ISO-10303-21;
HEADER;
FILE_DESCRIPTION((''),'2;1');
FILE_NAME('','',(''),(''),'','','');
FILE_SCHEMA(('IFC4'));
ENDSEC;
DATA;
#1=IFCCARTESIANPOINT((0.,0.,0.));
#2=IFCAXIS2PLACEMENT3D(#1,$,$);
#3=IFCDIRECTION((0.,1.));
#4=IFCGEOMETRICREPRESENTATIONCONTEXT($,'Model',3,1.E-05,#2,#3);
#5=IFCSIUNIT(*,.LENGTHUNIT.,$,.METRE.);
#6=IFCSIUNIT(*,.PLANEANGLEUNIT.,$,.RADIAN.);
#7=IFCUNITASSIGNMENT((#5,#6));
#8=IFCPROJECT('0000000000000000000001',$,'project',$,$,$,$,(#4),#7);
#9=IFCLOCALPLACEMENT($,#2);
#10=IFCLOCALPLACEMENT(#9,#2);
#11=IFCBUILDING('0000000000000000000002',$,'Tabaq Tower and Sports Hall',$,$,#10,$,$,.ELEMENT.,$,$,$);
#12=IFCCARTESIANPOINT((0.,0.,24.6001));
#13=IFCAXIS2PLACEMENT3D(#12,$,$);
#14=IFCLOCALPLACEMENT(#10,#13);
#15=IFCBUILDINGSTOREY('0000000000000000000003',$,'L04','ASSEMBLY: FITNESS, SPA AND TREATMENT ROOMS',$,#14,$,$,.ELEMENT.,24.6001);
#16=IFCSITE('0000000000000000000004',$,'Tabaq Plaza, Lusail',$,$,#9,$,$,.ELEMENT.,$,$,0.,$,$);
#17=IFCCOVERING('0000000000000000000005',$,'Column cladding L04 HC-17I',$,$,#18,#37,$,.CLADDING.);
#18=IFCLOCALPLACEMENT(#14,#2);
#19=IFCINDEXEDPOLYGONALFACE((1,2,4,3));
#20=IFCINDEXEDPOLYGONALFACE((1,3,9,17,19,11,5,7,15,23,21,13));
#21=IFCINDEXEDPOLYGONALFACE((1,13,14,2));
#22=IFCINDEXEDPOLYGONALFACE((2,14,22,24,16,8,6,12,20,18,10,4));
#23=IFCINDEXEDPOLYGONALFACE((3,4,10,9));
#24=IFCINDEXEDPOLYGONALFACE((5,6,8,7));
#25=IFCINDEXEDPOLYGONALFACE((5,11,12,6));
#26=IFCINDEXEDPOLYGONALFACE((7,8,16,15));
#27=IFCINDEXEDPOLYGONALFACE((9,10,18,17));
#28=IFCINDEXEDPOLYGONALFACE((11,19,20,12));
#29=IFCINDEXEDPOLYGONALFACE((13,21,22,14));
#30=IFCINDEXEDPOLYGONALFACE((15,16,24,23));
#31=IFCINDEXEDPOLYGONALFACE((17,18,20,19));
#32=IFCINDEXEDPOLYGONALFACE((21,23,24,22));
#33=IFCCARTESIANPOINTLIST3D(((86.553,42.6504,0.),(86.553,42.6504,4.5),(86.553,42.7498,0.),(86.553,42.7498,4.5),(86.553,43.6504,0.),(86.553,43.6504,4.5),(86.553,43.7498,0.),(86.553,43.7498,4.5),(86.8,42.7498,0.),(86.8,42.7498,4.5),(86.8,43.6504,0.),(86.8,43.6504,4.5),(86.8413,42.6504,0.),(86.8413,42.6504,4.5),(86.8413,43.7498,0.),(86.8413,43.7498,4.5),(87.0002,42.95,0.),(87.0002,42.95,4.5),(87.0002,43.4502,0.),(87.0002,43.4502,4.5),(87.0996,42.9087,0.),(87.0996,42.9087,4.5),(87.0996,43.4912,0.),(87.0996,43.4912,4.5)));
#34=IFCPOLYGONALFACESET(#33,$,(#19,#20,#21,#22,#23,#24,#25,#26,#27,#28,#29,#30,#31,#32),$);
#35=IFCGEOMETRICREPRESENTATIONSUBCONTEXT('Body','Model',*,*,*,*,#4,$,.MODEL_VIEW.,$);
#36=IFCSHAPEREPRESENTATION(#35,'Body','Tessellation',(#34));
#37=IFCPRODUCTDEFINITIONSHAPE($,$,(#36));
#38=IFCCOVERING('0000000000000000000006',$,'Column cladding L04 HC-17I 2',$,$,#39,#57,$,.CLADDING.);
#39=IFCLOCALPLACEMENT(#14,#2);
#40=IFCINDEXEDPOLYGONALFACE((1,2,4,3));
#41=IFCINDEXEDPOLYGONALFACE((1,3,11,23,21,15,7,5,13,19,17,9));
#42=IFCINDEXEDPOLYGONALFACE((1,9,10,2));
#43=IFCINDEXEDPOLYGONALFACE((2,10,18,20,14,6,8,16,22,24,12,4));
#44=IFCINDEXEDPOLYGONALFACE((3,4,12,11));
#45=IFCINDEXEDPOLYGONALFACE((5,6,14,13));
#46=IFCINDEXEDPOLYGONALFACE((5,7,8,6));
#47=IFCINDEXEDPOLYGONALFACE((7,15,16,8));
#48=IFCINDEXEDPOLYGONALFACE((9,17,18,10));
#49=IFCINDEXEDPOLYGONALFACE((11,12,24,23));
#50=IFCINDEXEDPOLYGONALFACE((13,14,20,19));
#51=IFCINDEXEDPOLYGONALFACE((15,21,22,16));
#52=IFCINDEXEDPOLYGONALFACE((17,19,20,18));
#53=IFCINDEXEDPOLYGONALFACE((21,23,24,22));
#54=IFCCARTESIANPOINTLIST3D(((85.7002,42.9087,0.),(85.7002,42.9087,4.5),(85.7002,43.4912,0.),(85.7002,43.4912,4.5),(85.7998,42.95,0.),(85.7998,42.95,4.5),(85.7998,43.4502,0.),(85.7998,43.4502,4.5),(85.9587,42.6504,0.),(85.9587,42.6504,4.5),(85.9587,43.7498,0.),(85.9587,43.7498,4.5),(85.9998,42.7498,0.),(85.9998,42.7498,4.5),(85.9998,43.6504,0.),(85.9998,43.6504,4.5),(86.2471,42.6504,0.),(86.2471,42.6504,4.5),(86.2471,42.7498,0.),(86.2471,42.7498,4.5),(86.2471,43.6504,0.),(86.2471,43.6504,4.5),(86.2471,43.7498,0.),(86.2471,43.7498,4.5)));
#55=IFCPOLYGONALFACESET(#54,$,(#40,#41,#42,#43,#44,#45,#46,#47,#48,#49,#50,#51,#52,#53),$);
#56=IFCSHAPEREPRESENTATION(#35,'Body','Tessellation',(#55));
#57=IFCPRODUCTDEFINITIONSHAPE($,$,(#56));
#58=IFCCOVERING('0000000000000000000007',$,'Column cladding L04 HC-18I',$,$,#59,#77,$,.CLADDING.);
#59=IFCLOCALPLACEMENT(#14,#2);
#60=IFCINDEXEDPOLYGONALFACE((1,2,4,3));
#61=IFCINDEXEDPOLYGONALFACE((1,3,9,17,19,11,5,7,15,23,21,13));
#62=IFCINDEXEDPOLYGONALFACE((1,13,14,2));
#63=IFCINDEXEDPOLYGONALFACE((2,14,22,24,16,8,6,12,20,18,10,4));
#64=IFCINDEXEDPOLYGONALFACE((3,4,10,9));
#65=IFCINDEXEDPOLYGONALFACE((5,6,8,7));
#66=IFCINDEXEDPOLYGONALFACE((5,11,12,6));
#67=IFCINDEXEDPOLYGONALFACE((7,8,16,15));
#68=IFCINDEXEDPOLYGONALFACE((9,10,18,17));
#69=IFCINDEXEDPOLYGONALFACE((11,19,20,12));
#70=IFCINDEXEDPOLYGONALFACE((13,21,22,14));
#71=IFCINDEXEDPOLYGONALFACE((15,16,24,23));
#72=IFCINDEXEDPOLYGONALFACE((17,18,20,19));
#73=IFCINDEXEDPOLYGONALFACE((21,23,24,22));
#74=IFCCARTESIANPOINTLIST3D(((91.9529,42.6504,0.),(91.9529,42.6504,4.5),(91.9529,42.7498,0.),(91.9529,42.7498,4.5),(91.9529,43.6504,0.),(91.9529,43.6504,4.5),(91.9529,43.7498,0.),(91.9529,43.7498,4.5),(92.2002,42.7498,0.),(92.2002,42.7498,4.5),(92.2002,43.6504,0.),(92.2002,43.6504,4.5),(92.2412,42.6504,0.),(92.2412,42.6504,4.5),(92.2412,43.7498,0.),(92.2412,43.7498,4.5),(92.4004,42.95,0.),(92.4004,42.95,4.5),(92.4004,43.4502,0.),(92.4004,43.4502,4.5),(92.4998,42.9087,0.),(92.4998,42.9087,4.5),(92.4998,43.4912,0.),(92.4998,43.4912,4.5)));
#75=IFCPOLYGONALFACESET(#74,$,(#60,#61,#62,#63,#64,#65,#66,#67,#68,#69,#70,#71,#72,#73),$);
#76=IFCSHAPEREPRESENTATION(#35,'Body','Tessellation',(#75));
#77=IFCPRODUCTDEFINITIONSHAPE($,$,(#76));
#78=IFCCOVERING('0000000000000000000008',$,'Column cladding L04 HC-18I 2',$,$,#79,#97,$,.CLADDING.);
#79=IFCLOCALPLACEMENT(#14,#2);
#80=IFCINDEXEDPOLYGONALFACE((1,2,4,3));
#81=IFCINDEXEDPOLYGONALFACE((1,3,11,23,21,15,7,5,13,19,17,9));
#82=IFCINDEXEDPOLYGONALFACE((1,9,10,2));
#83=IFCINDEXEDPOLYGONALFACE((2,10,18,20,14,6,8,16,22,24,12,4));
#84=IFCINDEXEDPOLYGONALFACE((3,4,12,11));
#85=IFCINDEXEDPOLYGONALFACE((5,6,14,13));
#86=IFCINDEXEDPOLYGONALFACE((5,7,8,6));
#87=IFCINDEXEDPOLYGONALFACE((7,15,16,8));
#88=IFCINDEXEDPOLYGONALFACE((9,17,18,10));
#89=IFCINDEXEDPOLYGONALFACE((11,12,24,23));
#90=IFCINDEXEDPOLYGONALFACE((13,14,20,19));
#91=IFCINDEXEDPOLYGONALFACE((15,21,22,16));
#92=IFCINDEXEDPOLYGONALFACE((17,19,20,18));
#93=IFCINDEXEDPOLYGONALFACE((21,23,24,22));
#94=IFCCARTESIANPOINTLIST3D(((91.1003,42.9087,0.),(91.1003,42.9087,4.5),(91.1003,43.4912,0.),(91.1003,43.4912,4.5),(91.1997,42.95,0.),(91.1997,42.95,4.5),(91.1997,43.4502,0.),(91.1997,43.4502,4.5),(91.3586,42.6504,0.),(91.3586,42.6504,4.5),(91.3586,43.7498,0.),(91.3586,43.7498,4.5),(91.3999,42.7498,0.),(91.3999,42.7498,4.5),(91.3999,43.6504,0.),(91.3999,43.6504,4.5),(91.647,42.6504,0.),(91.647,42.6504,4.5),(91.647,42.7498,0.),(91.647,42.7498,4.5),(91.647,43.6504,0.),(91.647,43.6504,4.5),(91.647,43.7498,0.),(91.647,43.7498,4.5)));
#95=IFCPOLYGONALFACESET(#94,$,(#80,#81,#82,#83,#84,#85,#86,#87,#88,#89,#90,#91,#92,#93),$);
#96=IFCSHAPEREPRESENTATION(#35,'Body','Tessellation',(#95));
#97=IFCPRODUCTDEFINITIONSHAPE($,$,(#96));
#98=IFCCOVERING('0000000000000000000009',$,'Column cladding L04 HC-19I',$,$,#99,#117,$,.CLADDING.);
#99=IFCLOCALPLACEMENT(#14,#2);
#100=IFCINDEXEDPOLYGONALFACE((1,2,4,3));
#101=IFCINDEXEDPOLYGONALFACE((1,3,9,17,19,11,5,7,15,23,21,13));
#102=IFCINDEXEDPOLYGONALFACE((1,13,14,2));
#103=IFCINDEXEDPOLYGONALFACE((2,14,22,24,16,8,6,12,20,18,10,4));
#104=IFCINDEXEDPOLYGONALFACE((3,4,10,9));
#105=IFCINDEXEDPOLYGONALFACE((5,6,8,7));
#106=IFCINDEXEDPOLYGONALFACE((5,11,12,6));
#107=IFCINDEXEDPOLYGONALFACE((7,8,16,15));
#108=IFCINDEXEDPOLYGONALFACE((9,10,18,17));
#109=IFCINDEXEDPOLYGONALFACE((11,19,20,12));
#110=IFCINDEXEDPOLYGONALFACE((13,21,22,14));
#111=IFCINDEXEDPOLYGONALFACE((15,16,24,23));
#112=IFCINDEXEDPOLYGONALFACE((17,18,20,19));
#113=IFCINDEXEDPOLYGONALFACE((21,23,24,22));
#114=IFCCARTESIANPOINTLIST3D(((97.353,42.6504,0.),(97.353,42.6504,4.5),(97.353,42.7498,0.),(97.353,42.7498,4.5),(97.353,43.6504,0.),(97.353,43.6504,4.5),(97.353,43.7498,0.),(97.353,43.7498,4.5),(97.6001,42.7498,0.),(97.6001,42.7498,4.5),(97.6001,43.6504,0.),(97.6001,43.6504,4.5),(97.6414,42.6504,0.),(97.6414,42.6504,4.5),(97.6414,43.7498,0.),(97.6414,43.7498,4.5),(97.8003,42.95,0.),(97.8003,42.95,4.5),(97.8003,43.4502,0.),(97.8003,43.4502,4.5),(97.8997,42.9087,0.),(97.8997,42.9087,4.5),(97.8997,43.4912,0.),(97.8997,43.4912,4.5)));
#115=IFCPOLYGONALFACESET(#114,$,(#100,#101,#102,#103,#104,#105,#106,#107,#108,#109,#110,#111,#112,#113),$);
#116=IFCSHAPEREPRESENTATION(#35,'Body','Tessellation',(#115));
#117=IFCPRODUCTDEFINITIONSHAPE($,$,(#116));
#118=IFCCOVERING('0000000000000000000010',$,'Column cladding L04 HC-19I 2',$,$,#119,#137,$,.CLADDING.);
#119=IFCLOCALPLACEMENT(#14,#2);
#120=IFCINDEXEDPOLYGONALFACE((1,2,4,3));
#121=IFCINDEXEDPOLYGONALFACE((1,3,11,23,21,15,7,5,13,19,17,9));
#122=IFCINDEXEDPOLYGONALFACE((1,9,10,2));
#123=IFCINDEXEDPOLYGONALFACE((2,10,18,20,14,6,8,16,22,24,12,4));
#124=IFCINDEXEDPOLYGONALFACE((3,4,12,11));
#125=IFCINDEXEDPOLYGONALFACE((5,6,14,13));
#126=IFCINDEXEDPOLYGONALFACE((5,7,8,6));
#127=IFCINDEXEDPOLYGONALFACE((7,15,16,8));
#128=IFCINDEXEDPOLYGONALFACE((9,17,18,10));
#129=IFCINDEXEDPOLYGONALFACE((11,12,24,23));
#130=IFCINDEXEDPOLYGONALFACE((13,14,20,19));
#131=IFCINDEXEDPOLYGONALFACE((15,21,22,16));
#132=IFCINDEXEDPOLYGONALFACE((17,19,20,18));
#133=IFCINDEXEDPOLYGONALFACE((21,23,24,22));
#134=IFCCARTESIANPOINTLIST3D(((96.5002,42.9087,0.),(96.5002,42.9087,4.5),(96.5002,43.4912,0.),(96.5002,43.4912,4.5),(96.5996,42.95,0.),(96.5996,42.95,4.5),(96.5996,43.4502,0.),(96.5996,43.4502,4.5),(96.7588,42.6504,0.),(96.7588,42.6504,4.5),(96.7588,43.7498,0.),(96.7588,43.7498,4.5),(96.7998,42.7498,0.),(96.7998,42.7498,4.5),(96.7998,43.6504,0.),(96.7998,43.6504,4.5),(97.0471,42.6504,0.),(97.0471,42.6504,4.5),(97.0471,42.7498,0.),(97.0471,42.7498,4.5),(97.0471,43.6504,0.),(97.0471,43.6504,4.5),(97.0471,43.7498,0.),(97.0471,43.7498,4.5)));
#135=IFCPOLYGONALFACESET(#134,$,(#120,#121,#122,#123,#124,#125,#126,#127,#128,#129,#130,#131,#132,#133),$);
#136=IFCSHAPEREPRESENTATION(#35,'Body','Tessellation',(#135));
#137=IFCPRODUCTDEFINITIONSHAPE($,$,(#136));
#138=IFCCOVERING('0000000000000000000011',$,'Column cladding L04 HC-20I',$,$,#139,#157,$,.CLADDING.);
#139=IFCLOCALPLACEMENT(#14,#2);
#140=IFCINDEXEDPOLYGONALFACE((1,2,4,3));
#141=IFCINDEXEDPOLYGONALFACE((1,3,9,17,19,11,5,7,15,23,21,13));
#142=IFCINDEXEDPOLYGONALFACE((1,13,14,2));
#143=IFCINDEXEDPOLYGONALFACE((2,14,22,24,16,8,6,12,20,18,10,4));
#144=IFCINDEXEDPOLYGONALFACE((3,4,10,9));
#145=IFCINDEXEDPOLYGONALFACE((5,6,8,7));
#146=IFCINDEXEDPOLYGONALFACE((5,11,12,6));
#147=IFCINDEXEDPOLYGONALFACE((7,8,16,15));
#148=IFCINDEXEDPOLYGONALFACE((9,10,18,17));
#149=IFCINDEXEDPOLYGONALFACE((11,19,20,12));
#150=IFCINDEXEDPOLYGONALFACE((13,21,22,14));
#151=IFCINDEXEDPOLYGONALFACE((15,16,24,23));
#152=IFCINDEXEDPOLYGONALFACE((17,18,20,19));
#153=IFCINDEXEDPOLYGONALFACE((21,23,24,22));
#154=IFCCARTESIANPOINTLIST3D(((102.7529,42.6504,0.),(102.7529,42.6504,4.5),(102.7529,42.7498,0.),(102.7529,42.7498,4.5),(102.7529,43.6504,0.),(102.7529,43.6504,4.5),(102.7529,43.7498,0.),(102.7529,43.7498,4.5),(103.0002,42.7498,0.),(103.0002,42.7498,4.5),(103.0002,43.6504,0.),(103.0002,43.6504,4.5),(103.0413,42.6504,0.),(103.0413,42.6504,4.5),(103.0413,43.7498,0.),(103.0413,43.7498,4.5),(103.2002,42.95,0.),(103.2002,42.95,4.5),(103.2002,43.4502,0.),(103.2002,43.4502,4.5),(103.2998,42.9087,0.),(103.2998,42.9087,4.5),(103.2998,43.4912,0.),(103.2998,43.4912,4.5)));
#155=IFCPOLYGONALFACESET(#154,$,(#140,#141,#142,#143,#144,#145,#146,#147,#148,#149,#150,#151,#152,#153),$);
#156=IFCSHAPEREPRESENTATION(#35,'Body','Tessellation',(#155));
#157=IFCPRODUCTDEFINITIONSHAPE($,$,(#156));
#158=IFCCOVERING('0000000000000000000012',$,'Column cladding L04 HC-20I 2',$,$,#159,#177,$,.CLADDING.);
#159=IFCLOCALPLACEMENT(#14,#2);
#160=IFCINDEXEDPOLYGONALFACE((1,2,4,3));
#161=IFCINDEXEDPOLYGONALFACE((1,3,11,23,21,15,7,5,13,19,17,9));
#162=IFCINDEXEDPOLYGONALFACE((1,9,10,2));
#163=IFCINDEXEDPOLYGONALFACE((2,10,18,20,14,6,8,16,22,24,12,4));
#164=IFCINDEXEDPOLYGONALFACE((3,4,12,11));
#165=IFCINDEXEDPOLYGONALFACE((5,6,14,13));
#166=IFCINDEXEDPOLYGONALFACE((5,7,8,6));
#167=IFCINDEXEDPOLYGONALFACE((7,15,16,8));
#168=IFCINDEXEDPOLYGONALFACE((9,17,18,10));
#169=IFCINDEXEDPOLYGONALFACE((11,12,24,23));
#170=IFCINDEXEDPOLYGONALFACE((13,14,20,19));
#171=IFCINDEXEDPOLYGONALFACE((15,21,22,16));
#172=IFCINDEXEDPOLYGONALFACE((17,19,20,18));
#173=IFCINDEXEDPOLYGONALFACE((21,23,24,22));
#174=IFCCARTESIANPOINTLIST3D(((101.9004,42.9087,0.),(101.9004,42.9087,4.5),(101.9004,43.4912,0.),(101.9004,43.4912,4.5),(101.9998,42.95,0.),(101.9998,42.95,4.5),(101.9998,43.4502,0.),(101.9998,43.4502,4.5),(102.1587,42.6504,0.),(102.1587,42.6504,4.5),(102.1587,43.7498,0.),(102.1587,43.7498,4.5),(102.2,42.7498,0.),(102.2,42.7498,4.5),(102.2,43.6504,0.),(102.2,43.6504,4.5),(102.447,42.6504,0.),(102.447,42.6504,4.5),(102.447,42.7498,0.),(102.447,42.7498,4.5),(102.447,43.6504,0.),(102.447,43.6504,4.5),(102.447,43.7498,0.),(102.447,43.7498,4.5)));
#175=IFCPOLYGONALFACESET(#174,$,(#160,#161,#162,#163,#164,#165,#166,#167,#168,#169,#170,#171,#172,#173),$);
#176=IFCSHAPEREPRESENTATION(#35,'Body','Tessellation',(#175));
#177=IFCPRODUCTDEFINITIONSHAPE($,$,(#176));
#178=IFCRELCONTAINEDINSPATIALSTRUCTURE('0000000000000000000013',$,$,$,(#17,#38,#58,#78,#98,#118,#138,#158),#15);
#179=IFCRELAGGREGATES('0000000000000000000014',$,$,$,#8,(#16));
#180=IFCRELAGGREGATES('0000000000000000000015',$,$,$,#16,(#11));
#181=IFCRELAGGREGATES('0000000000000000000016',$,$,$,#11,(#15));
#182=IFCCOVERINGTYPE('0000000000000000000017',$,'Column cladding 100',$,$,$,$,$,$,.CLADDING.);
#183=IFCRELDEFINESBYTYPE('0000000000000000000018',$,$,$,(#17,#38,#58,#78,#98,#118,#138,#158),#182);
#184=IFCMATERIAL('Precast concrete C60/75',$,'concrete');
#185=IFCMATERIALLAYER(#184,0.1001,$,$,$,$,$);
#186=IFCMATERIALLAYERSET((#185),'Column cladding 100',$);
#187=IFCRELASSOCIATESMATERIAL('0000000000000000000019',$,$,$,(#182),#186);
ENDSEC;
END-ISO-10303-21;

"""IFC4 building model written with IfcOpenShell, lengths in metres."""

from ifc_helpers import new_model, si_unit, direction, frame, origin, place, context, subcontext, project, spatial, polyline, outline, extrude, material, layer, layer_set, type_object, element, save


model = new_model("IFC4")

# Units and contexts
model_context = context("Model", 3, precision=1e-05, world=origin(), true_north=direction((0.0, 1.0)))
body_context = subcontext(model_context, "Body", "Model", "MODEL_VIEW")
ifc_project = project(units=[si_unit("LENGTHUNIT", "METRE"), si_unit("PLANEANGLEUNIT", "RADIAN")], contexts=[model_context])

# Site, building, storey
site_placement = place(None, origin())
site = spatial("IfcSite", under=ifc_project, at=site_placement, Name="Tabaq Plaza, Lusail", CompositionType="ELEMENT", RefElevation=0.0)
building_placement = place(site_placement, origin())
building = spatial("IfcBuilding", under=site, at=building_placement, Name="Tabaq Tower and Sports Hall", CompositionType="ELEMENT")
storey_placement = place(building_placement, frame((0.0, 0.0, 24.6001)))
storey = spatial("IfcBuildingStorey", under=building, at=storey_placement, Name="L04", Description="ASSEMBLY: FITNESS, SPA AND TREATMENT ROOMS", CompositionType="ELEMENT", Elevation=24.6001)

# Coverings
ifc_material = material(Name="Precast concrete C60/75", Category="concrete")
ifc_layer = layer(ifc_material, 0.1001)
ifc_layer_set = layer_set([ifc_layer], Name="Column cladding 100")
covering_type = type_object("IfcCoveringType", Name="Column cladding 100", PredefinedType="CLADDING", material=ifc_layer_set)
covering_1_placement = place(storey_placement, origin())
element("IfcCovering", 1, at=covering_1_placement, inside=storey, type_object=covering_type, Name="Column cladding L04 HC-17I", PredefinedType="CLADDING", context=body_context, shape_type="SweptSolid", body=[
    extrude(outline(polyline([(86.8413, 43.7498), (87.0996, 43.4912), (87.0996, 42.9087), (86.8413, 42.6504), (86.553, 42.6504), (86.553, 42.7498), (86.8, 42.7498), (87.0002, 42.95), (87.0002, 43.4502), (86.8, 43.6504), (86.553, 43.6504), (86.553, 43.7498), (86.8413, 43.7498)])), origin(), (0.0, 0.0, 1.0), 4.5),
])
covering_2_placement = place(storey_placement, origin())
element("IfcCovering", 2, at=covering_2_placement, inside=storey, type_object=covering_type, Name="Column cladding L04 HC-17I 2", PredefinedType="CLADDING", context=body_context, shape_type="SweptSolid", body=[
    extrude(outline(polyline([(85.7002, 43.4912), (85.9587, 43.7498), (86.2471, 43.7498), (86.2471, 43.6504), (85.9998, 43.6504), (85.7998, 43.4502), (85.7998, 42.95), (85.9998, 42.7498), (86.2471, 42.7498), (86.2471, 42.6504), (85.9587, 42.6504), (85.7002, 42.9087), (85.7002, 43.4912)])), origin(), (0.0, 0.0, 1.0), 4.5),
])
covering_3_placement = place(storey_placement, origin())
element("IfcCovering", 3, at=covering_3_placement, inside=storey, type_object=covering_type, Name="Column cladding L04 HC-18I", PredefinedType="CLADDING", context=body_context, shape_type="SweptSolid", body=[
    extrude(outline(polyline([(92.2412, 43.7498), (92.4998, 43.4912), (92.4998, 42.9087), (92.2412, 42.6504), (91.9529, 42.6504), (91.9529, 42.7498), (92.2002, 42.7498), (92.4004, 42.95), (92.4004, 43.4502), (92.2002, 43.6504), (91.9529, 43.6504), (91.9529, 43.7498), (92.2412, 43.7498)])), origin(), (0.0, 0.0, 1.0), 4.5),
])
covering_4_placement = place(storey_placement, origin())
element("IfcCovering", 4, at=covering_4_placement, inside=storey, type_object=covering_type, Name="Column cladding L04 HC-18I 2", PredefinedType="CLADDING", context=body_context, shape_type="SweptSolid", body=[
    extrude(outline(polyline([(91.1003, 43.4912), (91.3586, 43.7498), (91.647, 43.7498), (91.647, 43.6504), (91.3999, 43.6504), (91.1997, 43.4502), (91.1997, 42.95), (91.3999, 42.7498), (91.647, 42.7498), (91.647, 42.6504), (91.3586, 42.6504), (91.1003, 42.9087), (91.1003, 43.4912)])), origin(), (0.0, 0.0, 1.0), 4.5),
])
covering_5_placement = place(storey_placement, origin())
element("IfcCovering", 5, at=covering_5_placement, inside=storey, type_object=covering_type, Name="Column cladding L04 HC-19I", PredefinedType="CLADDING", context=body_context, shape_type="SweptSolid", body=[
    extrude(outline(polyline([(97.6414, 43.7498), (97.8997, 43.4912), (97.8997, 42.9087), (97.6414, 42.6504), (97.353, 42.6504), (97.353, 42.7498), (97.6001, 42.7498), (97.8003, 42.95), (97.8003, 43.4502), (97.6001, 43.6504), (97.353, 43.6504), (97.353, 43.7498), (97.6414, 43.7498)])), origin(), (0.0, 0.0, 1.0), 4.5),
])
covering_6_placement = place(storey_placement, origin())
element("IfcCovering", 6, at=covering_6_placement, inside=storey, type_object=covering_type, Name="Column cladding L04 HC-19I 2", PredefinedType="CLADDING", context=body_context, shape_type="SweptSolid", body=[
    extrude(outline(polyline([(96.5002, 43.4912), (96.7588, 43.7498), (97.0471, 43.7498), (97.0471, 43.6504), (96.7998, 43.6504), (96.5996, 43.4502), (96.5996, 42.95), (96.7998, 42.7498), (97.0471, 42.7498), (97.0471, 42.6504), (96.7588, 42.6504), (96.5002, 42.9087), (96.5002, 43.4912)])), origin(), (0.0, 0.0, 1.0), 4.5),
])
covering_7_placement = place(storey_placement, origin())
element("IfcCovering", 7, at=covering_7_placement, inside=storey, type_object=covering_type, Name="Column cladding L04 HC-20I", PredefinedType="CLADDING", context=body_context, shape_type="SweptSolid", body=[
    extrude(outline(polyline([(103.0413, 43.7498), (103.2998, 43.4912), (103.2998, 42.9087), (103.0413, 42.6504), (102.7529, 42.6504), (102.7529, 42.7498), (103.0002, 42.7498), (103.2002, 42.95), (103.2002, 43.4502), (103.0002, 43.6504), (102.7529, 43.6504), (102.7529, 43.7498), (103.0413, 43.7498)])), origin(), (0.0, 0.0, 1.0), 4.5),
])
covering_8_placement = place(storey_placement, origin())
element("IfcCovering", 8, at=covering_8_placement, inside=storey, type_object=covering_type, Name="Column cladding L04 HC-20I 2", PredefinedType="CLADDING", context=body_context, shape_type="SweptSolid", body=[
    extrude(outline(polyline([(101.9004, 43.4912), (102.1587, 43.7498), (102.447, 43.7498), (102.447, 43.6504), (102.2, 43.6504), (101.9998, 43.4502), (101.9998, 42.95), (102.2, 42.7498), (102.447, 42.7498), (102.447, 42.6504), (102.1587, 42.6504), (101.9004, 42.9087), (101.9004, 43.4912)])), origin(), (0.0, 0.0, 1.0), 4.5),
])

save(model, "model.ifc")
